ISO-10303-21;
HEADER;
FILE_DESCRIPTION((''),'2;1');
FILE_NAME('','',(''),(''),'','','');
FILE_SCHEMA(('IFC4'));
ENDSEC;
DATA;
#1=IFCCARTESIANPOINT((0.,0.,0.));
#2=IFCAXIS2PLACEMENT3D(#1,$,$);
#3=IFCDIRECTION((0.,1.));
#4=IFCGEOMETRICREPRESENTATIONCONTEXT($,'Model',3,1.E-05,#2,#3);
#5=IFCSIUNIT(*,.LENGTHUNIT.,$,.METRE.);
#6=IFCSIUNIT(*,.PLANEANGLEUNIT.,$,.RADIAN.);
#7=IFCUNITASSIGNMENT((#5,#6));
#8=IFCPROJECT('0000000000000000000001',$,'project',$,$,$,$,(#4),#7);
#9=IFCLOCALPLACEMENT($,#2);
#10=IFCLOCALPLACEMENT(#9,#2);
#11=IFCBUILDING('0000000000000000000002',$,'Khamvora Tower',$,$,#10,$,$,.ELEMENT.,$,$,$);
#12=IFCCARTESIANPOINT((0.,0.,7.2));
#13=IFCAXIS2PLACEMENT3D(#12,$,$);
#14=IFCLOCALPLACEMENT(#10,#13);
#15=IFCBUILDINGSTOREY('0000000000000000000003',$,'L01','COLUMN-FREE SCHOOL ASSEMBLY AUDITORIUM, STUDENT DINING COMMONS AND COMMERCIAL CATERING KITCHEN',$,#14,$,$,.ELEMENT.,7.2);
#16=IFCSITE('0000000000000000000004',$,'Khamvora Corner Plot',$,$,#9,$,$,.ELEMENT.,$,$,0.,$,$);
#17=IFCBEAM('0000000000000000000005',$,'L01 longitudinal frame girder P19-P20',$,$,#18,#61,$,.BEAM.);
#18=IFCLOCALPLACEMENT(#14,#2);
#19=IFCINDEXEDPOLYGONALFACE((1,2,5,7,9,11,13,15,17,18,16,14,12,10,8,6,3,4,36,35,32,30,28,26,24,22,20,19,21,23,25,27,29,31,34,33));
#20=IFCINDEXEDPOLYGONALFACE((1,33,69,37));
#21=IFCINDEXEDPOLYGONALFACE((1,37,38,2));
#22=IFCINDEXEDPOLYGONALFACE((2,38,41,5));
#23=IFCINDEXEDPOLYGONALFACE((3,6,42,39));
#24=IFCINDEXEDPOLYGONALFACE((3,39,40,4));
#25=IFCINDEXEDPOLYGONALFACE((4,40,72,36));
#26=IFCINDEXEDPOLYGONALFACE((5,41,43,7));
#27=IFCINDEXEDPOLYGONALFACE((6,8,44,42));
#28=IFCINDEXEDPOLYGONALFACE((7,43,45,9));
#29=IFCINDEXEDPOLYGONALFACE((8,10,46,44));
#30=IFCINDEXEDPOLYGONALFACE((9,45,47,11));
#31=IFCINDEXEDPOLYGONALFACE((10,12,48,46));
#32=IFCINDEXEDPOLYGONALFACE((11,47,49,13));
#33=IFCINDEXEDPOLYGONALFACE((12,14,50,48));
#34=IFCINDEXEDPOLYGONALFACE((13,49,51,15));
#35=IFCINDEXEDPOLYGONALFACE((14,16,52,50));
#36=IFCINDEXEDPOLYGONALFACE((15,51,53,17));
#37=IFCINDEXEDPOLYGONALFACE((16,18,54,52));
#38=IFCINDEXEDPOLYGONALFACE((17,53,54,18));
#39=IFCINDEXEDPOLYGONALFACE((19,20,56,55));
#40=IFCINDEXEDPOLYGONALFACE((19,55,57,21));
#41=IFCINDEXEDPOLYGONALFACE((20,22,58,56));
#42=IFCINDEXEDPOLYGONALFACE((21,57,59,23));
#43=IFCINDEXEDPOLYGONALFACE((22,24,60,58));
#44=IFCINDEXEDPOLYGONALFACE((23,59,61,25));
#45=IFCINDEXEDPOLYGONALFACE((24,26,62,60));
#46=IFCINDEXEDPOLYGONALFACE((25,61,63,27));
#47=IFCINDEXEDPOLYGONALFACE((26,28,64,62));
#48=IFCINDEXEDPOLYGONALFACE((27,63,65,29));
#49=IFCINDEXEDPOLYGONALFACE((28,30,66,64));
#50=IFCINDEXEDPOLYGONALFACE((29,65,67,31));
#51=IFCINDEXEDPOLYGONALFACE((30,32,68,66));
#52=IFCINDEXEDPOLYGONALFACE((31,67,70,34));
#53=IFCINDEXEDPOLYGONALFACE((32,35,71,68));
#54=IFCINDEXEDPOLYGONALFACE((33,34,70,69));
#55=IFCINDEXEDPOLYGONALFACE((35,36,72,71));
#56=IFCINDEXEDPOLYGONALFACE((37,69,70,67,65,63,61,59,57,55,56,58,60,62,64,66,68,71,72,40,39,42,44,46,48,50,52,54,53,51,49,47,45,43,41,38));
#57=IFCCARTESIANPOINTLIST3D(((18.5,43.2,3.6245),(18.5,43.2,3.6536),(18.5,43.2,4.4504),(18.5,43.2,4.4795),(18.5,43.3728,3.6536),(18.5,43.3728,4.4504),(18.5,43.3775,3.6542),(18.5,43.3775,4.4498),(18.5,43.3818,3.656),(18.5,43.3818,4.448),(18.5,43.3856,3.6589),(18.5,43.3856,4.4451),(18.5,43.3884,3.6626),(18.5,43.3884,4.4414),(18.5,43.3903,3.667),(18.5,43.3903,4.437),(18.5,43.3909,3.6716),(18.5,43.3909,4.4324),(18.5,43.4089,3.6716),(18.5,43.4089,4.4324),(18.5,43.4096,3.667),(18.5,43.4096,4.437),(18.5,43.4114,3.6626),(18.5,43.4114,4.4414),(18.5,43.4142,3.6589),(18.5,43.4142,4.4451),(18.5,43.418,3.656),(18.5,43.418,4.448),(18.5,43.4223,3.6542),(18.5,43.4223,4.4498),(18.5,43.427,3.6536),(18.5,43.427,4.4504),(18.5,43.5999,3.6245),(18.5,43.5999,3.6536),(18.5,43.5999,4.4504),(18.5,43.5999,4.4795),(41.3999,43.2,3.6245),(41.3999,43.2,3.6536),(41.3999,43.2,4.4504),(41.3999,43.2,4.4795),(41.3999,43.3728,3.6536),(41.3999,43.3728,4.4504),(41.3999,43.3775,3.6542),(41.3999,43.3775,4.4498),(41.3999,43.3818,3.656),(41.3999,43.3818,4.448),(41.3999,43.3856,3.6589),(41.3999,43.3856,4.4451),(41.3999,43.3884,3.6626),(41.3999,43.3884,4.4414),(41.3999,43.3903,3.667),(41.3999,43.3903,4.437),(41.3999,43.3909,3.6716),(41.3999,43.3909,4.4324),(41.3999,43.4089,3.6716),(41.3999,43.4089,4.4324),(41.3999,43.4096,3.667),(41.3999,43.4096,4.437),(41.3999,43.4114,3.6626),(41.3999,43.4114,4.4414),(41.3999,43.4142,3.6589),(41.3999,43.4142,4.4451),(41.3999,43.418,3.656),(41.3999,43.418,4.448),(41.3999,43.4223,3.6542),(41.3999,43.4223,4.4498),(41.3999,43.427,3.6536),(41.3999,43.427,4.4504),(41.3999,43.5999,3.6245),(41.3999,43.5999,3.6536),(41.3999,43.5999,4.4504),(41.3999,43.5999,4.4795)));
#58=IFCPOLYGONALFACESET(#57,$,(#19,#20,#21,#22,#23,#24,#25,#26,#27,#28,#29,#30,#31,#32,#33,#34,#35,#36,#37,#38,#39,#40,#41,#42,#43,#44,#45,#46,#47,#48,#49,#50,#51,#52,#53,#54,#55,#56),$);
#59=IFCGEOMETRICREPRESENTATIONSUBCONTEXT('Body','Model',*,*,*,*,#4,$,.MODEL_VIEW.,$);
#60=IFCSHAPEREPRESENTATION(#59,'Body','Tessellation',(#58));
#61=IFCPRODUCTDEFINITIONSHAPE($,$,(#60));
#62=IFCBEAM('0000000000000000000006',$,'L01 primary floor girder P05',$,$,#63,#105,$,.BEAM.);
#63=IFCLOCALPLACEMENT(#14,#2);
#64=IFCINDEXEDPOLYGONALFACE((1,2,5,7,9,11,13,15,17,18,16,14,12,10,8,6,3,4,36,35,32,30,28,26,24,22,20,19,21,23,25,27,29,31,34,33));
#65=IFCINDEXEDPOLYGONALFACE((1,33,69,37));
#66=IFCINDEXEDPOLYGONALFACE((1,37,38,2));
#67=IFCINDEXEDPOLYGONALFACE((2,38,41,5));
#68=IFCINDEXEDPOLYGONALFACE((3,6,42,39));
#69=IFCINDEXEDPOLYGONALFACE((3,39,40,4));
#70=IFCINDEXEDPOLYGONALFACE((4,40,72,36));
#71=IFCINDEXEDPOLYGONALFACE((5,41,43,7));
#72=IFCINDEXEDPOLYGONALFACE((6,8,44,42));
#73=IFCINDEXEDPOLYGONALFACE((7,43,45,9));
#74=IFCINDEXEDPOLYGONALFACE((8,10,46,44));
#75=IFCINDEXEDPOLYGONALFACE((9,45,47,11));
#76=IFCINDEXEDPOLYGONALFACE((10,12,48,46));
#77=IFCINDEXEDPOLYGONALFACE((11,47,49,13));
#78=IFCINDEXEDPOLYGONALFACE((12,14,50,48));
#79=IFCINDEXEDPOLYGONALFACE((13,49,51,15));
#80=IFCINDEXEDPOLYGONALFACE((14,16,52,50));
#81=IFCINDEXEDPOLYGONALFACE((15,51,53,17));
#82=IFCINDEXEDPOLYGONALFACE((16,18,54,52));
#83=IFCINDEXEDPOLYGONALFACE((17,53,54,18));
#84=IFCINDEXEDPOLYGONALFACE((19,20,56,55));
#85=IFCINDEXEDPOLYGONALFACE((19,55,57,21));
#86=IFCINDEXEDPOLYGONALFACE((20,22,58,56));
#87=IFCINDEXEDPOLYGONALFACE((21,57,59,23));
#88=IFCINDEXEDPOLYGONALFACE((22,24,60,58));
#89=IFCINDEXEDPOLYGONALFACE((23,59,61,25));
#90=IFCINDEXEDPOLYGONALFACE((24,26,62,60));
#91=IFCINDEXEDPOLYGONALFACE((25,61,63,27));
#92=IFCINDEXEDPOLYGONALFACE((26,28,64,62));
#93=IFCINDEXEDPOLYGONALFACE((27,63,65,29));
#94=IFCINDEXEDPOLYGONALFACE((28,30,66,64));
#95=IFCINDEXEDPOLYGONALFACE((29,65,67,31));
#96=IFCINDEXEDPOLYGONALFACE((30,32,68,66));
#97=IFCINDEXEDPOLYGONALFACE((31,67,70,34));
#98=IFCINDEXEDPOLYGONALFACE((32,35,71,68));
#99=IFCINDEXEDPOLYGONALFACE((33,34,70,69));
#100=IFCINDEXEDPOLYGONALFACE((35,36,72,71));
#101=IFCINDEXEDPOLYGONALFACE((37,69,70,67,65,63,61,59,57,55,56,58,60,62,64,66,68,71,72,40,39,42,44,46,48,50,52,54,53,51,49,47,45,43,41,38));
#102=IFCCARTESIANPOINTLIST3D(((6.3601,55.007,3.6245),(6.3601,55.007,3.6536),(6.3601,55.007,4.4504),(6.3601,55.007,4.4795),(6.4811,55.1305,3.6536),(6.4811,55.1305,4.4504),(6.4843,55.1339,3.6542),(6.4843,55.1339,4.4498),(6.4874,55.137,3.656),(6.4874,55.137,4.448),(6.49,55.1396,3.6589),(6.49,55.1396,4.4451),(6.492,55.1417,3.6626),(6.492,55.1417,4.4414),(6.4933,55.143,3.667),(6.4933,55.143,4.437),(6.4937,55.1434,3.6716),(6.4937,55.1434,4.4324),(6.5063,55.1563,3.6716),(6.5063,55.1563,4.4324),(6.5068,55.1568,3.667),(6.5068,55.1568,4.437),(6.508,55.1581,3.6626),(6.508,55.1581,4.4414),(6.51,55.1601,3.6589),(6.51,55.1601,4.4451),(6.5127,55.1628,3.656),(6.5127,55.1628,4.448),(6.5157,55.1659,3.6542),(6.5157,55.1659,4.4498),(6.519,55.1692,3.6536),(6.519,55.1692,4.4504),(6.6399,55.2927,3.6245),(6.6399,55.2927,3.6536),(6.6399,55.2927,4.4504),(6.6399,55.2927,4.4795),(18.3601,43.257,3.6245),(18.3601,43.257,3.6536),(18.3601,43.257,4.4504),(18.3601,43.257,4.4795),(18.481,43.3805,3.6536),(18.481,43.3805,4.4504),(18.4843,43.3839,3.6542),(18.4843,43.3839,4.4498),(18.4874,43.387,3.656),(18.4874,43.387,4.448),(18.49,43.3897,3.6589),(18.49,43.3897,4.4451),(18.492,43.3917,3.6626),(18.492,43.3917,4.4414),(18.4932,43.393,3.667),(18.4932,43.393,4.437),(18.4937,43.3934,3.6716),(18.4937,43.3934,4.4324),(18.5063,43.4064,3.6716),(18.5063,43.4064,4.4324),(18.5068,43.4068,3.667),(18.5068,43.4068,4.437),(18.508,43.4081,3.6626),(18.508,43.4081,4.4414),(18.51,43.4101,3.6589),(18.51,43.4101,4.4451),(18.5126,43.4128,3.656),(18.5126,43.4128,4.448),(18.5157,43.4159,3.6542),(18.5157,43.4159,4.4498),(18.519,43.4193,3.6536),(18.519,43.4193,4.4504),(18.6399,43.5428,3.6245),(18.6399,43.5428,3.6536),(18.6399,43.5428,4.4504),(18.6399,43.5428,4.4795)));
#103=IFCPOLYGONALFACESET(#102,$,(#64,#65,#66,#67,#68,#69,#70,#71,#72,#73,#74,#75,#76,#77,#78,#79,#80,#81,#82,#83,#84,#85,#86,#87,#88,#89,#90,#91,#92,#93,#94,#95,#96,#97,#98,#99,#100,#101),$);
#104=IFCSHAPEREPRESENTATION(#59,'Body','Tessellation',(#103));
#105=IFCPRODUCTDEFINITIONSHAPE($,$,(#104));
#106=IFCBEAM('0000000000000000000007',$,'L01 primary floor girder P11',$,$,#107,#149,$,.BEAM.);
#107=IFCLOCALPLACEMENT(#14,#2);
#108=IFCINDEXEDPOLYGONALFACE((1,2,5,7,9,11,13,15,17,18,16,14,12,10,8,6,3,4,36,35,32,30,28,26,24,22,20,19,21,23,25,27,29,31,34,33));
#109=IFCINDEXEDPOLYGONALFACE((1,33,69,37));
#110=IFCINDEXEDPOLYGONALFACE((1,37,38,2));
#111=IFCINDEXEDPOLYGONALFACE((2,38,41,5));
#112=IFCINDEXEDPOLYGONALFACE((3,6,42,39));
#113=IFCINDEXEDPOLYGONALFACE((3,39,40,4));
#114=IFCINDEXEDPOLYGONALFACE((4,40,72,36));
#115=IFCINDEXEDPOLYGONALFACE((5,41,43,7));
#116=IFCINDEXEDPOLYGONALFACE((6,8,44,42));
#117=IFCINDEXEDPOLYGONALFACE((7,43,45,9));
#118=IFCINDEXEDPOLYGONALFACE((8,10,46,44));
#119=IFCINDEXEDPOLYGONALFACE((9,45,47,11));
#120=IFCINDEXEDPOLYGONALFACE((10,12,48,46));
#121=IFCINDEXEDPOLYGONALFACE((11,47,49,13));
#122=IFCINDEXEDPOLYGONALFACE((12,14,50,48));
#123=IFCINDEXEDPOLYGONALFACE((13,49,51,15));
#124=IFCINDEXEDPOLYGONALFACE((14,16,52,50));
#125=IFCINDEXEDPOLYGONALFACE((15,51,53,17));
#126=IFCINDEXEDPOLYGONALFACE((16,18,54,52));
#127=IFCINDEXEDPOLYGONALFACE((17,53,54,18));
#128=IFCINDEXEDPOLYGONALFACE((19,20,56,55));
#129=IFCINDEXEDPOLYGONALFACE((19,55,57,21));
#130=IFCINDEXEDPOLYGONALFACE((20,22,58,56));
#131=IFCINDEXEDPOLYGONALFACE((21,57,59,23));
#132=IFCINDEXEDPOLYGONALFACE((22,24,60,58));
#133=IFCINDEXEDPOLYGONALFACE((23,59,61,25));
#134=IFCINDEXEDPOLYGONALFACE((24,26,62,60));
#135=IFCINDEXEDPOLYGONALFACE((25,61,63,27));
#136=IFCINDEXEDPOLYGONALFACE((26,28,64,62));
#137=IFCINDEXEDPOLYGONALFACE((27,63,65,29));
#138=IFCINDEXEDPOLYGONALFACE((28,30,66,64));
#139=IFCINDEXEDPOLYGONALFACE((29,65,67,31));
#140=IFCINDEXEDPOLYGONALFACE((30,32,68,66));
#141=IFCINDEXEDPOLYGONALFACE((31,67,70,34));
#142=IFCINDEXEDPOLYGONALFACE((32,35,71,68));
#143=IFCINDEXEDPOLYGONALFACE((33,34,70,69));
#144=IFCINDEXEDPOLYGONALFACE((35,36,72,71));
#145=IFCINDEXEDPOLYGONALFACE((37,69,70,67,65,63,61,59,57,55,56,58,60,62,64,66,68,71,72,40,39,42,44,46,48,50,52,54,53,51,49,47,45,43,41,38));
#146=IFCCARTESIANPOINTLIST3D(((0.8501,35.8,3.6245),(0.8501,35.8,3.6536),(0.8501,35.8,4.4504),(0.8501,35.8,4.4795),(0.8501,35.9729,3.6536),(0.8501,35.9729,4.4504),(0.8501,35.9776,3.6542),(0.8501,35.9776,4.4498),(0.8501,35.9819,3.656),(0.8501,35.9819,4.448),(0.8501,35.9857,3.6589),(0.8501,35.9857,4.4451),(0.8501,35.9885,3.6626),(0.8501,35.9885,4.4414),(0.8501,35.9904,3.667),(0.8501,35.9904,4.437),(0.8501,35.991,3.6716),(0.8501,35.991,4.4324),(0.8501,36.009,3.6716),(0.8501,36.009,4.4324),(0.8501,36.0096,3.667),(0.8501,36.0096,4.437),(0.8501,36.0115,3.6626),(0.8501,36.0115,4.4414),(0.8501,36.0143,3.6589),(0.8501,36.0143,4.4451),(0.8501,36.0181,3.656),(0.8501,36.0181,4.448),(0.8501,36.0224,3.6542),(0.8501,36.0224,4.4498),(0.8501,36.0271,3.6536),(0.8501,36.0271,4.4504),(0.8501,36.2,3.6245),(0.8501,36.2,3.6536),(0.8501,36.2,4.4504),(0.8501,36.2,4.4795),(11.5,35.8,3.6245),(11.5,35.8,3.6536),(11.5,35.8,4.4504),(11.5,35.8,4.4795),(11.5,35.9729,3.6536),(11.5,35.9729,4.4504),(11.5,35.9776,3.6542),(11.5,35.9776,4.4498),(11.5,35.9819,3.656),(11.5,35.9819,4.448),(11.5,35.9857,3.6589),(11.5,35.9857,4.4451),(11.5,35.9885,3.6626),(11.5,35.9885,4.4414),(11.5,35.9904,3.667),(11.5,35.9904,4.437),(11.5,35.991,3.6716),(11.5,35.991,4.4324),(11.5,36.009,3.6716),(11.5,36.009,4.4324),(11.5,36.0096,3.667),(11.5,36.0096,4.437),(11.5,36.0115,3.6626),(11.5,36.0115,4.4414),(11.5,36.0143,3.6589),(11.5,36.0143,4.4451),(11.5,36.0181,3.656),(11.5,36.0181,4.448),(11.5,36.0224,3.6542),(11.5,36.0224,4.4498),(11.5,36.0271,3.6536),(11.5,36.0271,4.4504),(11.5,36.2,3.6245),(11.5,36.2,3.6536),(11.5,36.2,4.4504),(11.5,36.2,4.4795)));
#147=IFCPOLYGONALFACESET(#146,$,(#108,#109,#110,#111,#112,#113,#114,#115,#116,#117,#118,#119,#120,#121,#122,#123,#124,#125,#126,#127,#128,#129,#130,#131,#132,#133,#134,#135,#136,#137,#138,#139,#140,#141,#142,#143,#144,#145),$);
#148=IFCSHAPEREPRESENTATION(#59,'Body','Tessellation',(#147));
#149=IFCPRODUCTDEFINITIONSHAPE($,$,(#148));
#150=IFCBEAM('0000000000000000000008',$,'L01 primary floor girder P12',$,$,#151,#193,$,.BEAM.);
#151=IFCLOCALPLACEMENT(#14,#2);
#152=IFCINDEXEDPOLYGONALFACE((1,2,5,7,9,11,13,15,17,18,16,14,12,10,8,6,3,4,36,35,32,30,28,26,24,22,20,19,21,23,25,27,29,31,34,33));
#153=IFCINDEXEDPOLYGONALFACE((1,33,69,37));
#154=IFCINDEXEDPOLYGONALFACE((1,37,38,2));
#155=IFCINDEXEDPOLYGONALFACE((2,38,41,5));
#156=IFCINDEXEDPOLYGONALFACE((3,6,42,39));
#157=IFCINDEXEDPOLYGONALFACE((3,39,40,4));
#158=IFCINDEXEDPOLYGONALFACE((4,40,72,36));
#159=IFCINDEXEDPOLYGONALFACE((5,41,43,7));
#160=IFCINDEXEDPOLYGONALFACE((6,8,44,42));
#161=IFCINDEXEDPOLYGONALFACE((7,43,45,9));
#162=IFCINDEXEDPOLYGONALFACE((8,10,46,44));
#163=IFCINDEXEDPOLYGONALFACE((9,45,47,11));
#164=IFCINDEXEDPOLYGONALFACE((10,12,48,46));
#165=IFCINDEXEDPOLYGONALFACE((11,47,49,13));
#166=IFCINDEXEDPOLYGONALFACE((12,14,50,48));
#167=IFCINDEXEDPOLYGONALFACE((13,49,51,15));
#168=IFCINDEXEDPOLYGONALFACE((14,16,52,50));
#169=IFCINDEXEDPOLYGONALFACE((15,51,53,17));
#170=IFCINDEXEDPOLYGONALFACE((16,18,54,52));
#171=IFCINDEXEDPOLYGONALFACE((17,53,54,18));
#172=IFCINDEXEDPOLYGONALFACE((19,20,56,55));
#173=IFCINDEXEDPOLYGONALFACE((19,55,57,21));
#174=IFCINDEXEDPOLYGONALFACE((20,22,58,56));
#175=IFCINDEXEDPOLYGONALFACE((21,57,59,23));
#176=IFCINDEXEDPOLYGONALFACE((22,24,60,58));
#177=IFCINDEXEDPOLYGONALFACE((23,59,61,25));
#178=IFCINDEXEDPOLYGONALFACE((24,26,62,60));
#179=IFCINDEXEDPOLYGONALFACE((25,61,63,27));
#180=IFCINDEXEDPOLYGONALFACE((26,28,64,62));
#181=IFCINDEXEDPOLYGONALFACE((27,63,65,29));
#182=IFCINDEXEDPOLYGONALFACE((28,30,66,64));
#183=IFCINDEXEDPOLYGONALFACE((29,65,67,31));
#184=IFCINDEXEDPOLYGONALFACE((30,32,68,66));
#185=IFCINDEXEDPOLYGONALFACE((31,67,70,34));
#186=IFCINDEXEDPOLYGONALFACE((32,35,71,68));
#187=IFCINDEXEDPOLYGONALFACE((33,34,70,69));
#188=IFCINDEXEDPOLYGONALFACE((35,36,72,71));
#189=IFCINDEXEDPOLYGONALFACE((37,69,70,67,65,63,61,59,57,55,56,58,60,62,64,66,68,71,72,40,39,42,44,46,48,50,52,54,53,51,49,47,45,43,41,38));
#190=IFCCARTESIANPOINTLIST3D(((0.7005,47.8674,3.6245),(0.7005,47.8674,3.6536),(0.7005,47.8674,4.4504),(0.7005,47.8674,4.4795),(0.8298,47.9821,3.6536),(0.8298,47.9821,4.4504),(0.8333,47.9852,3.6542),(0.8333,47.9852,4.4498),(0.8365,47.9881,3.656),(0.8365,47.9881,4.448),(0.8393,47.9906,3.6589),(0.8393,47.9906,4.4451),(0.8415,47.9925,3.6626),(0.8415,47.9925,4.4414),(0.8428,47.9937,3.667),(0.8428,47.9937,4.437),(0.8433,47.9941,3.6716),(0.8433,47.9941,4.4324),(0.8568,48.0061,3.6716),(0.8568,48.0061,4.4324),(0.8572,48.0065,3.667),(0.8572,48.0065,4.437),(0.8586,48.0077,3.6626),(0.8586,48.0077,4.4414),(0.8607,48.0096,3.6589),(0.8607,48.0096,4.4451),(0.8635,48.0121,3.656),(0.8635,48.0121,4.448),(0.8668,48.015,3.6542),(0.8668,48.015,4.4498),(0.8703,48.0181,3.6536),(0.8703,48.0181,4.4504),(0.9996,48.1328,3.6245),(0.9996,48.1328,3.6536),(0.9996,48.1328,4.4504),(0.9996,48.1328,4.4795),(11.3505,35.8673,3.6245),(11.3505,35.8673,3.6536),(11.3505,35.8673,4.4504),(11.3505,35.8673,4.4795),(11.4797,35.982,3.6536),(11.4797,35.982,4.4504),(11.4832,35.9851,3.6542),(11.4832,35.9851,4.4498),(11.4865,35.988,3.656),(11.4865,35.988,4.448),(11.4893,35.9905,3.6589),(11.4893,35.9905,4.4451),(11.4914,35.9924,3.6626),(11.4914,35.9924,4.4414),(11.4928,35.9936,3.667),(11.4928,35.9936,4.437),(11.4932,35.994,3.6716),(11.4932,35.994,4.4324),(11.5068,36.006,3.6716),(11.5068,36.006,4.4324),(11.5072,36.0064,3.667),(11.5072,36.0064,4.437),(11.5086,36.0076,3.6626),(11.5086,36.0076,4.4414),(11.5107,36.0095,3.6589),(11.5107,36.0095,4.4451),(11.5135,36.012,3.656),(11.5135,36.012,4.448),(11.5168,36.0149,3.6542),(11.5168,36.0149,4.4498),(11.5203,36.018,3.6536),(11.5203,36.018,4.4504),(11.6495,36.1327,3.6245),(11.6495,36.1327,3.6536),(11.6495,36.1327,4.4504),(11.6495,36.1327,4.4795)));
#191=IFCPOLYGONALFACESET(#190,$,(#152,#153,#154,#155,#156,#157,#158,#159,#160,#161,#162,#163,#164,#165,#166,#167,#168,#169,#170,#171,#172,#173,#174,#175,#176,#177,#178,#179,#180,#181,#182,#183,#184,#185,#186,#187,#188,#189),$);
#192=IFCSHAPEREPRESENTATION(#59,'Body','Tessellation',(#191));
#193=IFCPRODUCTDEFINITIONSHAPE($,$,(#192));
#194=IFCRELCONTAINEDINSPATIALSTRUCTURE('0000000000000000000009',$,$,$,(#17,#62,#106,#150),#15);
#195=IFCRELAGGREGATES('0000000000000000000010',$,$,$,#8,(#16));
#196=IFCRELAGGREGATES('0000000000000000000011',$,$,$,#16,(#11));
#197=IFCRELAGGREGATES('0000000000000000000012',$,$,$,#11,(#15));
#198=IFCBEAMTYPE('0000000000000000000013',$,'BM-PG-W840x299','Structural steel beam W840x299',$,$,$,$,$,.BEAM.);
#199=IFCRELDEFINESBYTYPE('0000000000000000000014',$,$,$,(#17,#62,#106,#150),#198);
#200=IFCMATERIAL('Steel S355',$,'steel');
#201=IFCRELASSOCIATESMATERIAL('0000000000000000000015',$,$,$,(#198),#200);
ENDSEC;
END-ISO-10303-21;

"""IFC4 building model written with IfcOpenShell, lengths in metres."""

from ifc_helpers import new_model, si_unit, direction, frame, origin, origin_2d, place, context, subcontext, project, spatial, i_section, extrude, material, material_profile, profile_set, type_object, element, save


model = new_model("IFC4")

# Units and contexts
model_context = context("Model", 3, precision=1e-05, world=origin(), true_north=direction((0.0, 1.0)))
body_context = subcontext(model_context, "Body", "Model", "MODEL_VIEW")
ifc_project = project(units=[si_unit("LENGTHUNIT", "METRE"), si_unit("PLANEANGLEUNIT", "RADIAN")], contexts=[model_context])

# Site, building, storey
site_placement = place(None, origin())
site = spatial("IfcSite", under=ifc_project, at=site_placement, Name="Khamvora Corner Plot", CompositionType="ELEMENT", RefElevation=0.0)
building_placement = place(site_placement, origin())
building = spatial("IfcBuilding", under=site, at=building_placement, Name="Khamvora Tower", CompositionType="ELEMENT")
storey_placement = place(building_placement, frame((0.0, 0.0, 7.2)))
storey = spatial("IfcBuildingStorey", under=building, at=storey_placement, Name="L01", Description="COLUMN-FREE SCHOOL ASSEMBLY AUDITORIUM, STUDENT DINING COMMONS AND COMMERCIAL CATERING KITCHEN", CompositionType="ELEMENT", Elevation=7.2)

# Beams
ifc_material_1 = material(Name="Steel S355", Category="steel")
ifc_material_profile_1 = material_profile(ifc_material_1, i_section(OverallWidth=0.3999, OverallDepth=0.855, WebThickness=0.0181, FlangeThickness=0.0291, FilletRadius=0.0181, at=origin_2d()), Name="W840x299")
ifc_profile_set_1 = profile_set([ifc_material_profile_1], Name="Steel S355")
beam_type_1 = type_object("IfcBeamType", Name="BM-PG-W840x299", Description="Structural steel beam W840x299", PredefinedType="BEAM", material=ifc_profile_set_1)
beam_1_placement = place(storey_placement, frame((18.5, 43.3999, 4.052), z_axis=(1.0, 0.0, 0.0), x_axis=(0.0, 1.0, 0.0)))
element("IfcBeam", 1, at=beam_1_placement, inside=storey, type_object=beam_type_1, Name="L01 longitudinal frame girder P19-P20", PredefinedType="BEAM", context=body_context, shape_type="SweptSolid", body=[
    extrude(i_section(OverallWidth=0.3999, OverallDepth=0.855, WebThickness=0.0181, FlangeThickness=0.0291, FilletRadius=0.0181, at=origin_2d()), origin(), (0.0, 0.0, 1.0), 22.8999),
])
beam_2_placement = place(storey_placement, frame((18.5, 43.3999, 4.052), z_axis=(-0.71451, 0.699625, 0.0), x_axis=(-0.699625, -0.71451, 0.0)))
element("IfcBeam", 2, at=beam_2_placement, inside=storey, type_object=beam_type_1, Name="L01 primary floor girder P05", PredefinedType="BEAM", context=body_context, shape_type="SweptSolid", body=[
    extrude(i_section(OverallWidth=0.3999, OverallDepth=0.855, WebThickness=0.0181, FlangeThickness=0.0291, FilletRadius=0.0181, at=origin_2d()), origin(), (0.0, 0.0, 1.0), 16.7947),
])
beam_3_placement = place(storey_placement, frame((11.5, 36.0, 4.052), z_axis=(-1.0, 0.0, 0.0), x_axis=(0.0, -1.0, 0.0)))
element("IfcBeam", 3, at=beam_3_placement, inside=storey, type_object=beam_type_1, Name="L01 primary floor girder P11", PredefinedType="BEAM", context=body_context, shape_type="SweptSolid", body=[
    extrude(i_section(OverallWidth=0.3999, OverallDepth=0.855, WebThickness=0.0181, FlangeThickness=0.0291, FilletRadius=0.0181, at=origin_2d()), origin(), (0.0, 0.0, 1.0), 10.6499),
])
beam_4_placement = place(storey_placement, frame((11.5, 36.0, 4.052), z_axis=(-0.66378, 0.747928, 0.0), x_axis=(-0.747928, -0.66378, 0.0)))
element("IfcBeam", 4, at=beam_4_placement, inside=storey, type_object=beam_type_1, Name="L01 primary floor girder P12", PredefinedType="BEAM", context=body_context, shape_type="SweptSolid", body=[
    extrude(i_section(OverallWidth=0.3999, OverallDepth=0.855, WebThickness=0.0181, FlangeThickness=0.0291, FilletRadius=0.0181, at=origin_2d()), origin(), (0.0, 0.0, 1.0), 16.0444),
])

save(model, "model.ifc")
